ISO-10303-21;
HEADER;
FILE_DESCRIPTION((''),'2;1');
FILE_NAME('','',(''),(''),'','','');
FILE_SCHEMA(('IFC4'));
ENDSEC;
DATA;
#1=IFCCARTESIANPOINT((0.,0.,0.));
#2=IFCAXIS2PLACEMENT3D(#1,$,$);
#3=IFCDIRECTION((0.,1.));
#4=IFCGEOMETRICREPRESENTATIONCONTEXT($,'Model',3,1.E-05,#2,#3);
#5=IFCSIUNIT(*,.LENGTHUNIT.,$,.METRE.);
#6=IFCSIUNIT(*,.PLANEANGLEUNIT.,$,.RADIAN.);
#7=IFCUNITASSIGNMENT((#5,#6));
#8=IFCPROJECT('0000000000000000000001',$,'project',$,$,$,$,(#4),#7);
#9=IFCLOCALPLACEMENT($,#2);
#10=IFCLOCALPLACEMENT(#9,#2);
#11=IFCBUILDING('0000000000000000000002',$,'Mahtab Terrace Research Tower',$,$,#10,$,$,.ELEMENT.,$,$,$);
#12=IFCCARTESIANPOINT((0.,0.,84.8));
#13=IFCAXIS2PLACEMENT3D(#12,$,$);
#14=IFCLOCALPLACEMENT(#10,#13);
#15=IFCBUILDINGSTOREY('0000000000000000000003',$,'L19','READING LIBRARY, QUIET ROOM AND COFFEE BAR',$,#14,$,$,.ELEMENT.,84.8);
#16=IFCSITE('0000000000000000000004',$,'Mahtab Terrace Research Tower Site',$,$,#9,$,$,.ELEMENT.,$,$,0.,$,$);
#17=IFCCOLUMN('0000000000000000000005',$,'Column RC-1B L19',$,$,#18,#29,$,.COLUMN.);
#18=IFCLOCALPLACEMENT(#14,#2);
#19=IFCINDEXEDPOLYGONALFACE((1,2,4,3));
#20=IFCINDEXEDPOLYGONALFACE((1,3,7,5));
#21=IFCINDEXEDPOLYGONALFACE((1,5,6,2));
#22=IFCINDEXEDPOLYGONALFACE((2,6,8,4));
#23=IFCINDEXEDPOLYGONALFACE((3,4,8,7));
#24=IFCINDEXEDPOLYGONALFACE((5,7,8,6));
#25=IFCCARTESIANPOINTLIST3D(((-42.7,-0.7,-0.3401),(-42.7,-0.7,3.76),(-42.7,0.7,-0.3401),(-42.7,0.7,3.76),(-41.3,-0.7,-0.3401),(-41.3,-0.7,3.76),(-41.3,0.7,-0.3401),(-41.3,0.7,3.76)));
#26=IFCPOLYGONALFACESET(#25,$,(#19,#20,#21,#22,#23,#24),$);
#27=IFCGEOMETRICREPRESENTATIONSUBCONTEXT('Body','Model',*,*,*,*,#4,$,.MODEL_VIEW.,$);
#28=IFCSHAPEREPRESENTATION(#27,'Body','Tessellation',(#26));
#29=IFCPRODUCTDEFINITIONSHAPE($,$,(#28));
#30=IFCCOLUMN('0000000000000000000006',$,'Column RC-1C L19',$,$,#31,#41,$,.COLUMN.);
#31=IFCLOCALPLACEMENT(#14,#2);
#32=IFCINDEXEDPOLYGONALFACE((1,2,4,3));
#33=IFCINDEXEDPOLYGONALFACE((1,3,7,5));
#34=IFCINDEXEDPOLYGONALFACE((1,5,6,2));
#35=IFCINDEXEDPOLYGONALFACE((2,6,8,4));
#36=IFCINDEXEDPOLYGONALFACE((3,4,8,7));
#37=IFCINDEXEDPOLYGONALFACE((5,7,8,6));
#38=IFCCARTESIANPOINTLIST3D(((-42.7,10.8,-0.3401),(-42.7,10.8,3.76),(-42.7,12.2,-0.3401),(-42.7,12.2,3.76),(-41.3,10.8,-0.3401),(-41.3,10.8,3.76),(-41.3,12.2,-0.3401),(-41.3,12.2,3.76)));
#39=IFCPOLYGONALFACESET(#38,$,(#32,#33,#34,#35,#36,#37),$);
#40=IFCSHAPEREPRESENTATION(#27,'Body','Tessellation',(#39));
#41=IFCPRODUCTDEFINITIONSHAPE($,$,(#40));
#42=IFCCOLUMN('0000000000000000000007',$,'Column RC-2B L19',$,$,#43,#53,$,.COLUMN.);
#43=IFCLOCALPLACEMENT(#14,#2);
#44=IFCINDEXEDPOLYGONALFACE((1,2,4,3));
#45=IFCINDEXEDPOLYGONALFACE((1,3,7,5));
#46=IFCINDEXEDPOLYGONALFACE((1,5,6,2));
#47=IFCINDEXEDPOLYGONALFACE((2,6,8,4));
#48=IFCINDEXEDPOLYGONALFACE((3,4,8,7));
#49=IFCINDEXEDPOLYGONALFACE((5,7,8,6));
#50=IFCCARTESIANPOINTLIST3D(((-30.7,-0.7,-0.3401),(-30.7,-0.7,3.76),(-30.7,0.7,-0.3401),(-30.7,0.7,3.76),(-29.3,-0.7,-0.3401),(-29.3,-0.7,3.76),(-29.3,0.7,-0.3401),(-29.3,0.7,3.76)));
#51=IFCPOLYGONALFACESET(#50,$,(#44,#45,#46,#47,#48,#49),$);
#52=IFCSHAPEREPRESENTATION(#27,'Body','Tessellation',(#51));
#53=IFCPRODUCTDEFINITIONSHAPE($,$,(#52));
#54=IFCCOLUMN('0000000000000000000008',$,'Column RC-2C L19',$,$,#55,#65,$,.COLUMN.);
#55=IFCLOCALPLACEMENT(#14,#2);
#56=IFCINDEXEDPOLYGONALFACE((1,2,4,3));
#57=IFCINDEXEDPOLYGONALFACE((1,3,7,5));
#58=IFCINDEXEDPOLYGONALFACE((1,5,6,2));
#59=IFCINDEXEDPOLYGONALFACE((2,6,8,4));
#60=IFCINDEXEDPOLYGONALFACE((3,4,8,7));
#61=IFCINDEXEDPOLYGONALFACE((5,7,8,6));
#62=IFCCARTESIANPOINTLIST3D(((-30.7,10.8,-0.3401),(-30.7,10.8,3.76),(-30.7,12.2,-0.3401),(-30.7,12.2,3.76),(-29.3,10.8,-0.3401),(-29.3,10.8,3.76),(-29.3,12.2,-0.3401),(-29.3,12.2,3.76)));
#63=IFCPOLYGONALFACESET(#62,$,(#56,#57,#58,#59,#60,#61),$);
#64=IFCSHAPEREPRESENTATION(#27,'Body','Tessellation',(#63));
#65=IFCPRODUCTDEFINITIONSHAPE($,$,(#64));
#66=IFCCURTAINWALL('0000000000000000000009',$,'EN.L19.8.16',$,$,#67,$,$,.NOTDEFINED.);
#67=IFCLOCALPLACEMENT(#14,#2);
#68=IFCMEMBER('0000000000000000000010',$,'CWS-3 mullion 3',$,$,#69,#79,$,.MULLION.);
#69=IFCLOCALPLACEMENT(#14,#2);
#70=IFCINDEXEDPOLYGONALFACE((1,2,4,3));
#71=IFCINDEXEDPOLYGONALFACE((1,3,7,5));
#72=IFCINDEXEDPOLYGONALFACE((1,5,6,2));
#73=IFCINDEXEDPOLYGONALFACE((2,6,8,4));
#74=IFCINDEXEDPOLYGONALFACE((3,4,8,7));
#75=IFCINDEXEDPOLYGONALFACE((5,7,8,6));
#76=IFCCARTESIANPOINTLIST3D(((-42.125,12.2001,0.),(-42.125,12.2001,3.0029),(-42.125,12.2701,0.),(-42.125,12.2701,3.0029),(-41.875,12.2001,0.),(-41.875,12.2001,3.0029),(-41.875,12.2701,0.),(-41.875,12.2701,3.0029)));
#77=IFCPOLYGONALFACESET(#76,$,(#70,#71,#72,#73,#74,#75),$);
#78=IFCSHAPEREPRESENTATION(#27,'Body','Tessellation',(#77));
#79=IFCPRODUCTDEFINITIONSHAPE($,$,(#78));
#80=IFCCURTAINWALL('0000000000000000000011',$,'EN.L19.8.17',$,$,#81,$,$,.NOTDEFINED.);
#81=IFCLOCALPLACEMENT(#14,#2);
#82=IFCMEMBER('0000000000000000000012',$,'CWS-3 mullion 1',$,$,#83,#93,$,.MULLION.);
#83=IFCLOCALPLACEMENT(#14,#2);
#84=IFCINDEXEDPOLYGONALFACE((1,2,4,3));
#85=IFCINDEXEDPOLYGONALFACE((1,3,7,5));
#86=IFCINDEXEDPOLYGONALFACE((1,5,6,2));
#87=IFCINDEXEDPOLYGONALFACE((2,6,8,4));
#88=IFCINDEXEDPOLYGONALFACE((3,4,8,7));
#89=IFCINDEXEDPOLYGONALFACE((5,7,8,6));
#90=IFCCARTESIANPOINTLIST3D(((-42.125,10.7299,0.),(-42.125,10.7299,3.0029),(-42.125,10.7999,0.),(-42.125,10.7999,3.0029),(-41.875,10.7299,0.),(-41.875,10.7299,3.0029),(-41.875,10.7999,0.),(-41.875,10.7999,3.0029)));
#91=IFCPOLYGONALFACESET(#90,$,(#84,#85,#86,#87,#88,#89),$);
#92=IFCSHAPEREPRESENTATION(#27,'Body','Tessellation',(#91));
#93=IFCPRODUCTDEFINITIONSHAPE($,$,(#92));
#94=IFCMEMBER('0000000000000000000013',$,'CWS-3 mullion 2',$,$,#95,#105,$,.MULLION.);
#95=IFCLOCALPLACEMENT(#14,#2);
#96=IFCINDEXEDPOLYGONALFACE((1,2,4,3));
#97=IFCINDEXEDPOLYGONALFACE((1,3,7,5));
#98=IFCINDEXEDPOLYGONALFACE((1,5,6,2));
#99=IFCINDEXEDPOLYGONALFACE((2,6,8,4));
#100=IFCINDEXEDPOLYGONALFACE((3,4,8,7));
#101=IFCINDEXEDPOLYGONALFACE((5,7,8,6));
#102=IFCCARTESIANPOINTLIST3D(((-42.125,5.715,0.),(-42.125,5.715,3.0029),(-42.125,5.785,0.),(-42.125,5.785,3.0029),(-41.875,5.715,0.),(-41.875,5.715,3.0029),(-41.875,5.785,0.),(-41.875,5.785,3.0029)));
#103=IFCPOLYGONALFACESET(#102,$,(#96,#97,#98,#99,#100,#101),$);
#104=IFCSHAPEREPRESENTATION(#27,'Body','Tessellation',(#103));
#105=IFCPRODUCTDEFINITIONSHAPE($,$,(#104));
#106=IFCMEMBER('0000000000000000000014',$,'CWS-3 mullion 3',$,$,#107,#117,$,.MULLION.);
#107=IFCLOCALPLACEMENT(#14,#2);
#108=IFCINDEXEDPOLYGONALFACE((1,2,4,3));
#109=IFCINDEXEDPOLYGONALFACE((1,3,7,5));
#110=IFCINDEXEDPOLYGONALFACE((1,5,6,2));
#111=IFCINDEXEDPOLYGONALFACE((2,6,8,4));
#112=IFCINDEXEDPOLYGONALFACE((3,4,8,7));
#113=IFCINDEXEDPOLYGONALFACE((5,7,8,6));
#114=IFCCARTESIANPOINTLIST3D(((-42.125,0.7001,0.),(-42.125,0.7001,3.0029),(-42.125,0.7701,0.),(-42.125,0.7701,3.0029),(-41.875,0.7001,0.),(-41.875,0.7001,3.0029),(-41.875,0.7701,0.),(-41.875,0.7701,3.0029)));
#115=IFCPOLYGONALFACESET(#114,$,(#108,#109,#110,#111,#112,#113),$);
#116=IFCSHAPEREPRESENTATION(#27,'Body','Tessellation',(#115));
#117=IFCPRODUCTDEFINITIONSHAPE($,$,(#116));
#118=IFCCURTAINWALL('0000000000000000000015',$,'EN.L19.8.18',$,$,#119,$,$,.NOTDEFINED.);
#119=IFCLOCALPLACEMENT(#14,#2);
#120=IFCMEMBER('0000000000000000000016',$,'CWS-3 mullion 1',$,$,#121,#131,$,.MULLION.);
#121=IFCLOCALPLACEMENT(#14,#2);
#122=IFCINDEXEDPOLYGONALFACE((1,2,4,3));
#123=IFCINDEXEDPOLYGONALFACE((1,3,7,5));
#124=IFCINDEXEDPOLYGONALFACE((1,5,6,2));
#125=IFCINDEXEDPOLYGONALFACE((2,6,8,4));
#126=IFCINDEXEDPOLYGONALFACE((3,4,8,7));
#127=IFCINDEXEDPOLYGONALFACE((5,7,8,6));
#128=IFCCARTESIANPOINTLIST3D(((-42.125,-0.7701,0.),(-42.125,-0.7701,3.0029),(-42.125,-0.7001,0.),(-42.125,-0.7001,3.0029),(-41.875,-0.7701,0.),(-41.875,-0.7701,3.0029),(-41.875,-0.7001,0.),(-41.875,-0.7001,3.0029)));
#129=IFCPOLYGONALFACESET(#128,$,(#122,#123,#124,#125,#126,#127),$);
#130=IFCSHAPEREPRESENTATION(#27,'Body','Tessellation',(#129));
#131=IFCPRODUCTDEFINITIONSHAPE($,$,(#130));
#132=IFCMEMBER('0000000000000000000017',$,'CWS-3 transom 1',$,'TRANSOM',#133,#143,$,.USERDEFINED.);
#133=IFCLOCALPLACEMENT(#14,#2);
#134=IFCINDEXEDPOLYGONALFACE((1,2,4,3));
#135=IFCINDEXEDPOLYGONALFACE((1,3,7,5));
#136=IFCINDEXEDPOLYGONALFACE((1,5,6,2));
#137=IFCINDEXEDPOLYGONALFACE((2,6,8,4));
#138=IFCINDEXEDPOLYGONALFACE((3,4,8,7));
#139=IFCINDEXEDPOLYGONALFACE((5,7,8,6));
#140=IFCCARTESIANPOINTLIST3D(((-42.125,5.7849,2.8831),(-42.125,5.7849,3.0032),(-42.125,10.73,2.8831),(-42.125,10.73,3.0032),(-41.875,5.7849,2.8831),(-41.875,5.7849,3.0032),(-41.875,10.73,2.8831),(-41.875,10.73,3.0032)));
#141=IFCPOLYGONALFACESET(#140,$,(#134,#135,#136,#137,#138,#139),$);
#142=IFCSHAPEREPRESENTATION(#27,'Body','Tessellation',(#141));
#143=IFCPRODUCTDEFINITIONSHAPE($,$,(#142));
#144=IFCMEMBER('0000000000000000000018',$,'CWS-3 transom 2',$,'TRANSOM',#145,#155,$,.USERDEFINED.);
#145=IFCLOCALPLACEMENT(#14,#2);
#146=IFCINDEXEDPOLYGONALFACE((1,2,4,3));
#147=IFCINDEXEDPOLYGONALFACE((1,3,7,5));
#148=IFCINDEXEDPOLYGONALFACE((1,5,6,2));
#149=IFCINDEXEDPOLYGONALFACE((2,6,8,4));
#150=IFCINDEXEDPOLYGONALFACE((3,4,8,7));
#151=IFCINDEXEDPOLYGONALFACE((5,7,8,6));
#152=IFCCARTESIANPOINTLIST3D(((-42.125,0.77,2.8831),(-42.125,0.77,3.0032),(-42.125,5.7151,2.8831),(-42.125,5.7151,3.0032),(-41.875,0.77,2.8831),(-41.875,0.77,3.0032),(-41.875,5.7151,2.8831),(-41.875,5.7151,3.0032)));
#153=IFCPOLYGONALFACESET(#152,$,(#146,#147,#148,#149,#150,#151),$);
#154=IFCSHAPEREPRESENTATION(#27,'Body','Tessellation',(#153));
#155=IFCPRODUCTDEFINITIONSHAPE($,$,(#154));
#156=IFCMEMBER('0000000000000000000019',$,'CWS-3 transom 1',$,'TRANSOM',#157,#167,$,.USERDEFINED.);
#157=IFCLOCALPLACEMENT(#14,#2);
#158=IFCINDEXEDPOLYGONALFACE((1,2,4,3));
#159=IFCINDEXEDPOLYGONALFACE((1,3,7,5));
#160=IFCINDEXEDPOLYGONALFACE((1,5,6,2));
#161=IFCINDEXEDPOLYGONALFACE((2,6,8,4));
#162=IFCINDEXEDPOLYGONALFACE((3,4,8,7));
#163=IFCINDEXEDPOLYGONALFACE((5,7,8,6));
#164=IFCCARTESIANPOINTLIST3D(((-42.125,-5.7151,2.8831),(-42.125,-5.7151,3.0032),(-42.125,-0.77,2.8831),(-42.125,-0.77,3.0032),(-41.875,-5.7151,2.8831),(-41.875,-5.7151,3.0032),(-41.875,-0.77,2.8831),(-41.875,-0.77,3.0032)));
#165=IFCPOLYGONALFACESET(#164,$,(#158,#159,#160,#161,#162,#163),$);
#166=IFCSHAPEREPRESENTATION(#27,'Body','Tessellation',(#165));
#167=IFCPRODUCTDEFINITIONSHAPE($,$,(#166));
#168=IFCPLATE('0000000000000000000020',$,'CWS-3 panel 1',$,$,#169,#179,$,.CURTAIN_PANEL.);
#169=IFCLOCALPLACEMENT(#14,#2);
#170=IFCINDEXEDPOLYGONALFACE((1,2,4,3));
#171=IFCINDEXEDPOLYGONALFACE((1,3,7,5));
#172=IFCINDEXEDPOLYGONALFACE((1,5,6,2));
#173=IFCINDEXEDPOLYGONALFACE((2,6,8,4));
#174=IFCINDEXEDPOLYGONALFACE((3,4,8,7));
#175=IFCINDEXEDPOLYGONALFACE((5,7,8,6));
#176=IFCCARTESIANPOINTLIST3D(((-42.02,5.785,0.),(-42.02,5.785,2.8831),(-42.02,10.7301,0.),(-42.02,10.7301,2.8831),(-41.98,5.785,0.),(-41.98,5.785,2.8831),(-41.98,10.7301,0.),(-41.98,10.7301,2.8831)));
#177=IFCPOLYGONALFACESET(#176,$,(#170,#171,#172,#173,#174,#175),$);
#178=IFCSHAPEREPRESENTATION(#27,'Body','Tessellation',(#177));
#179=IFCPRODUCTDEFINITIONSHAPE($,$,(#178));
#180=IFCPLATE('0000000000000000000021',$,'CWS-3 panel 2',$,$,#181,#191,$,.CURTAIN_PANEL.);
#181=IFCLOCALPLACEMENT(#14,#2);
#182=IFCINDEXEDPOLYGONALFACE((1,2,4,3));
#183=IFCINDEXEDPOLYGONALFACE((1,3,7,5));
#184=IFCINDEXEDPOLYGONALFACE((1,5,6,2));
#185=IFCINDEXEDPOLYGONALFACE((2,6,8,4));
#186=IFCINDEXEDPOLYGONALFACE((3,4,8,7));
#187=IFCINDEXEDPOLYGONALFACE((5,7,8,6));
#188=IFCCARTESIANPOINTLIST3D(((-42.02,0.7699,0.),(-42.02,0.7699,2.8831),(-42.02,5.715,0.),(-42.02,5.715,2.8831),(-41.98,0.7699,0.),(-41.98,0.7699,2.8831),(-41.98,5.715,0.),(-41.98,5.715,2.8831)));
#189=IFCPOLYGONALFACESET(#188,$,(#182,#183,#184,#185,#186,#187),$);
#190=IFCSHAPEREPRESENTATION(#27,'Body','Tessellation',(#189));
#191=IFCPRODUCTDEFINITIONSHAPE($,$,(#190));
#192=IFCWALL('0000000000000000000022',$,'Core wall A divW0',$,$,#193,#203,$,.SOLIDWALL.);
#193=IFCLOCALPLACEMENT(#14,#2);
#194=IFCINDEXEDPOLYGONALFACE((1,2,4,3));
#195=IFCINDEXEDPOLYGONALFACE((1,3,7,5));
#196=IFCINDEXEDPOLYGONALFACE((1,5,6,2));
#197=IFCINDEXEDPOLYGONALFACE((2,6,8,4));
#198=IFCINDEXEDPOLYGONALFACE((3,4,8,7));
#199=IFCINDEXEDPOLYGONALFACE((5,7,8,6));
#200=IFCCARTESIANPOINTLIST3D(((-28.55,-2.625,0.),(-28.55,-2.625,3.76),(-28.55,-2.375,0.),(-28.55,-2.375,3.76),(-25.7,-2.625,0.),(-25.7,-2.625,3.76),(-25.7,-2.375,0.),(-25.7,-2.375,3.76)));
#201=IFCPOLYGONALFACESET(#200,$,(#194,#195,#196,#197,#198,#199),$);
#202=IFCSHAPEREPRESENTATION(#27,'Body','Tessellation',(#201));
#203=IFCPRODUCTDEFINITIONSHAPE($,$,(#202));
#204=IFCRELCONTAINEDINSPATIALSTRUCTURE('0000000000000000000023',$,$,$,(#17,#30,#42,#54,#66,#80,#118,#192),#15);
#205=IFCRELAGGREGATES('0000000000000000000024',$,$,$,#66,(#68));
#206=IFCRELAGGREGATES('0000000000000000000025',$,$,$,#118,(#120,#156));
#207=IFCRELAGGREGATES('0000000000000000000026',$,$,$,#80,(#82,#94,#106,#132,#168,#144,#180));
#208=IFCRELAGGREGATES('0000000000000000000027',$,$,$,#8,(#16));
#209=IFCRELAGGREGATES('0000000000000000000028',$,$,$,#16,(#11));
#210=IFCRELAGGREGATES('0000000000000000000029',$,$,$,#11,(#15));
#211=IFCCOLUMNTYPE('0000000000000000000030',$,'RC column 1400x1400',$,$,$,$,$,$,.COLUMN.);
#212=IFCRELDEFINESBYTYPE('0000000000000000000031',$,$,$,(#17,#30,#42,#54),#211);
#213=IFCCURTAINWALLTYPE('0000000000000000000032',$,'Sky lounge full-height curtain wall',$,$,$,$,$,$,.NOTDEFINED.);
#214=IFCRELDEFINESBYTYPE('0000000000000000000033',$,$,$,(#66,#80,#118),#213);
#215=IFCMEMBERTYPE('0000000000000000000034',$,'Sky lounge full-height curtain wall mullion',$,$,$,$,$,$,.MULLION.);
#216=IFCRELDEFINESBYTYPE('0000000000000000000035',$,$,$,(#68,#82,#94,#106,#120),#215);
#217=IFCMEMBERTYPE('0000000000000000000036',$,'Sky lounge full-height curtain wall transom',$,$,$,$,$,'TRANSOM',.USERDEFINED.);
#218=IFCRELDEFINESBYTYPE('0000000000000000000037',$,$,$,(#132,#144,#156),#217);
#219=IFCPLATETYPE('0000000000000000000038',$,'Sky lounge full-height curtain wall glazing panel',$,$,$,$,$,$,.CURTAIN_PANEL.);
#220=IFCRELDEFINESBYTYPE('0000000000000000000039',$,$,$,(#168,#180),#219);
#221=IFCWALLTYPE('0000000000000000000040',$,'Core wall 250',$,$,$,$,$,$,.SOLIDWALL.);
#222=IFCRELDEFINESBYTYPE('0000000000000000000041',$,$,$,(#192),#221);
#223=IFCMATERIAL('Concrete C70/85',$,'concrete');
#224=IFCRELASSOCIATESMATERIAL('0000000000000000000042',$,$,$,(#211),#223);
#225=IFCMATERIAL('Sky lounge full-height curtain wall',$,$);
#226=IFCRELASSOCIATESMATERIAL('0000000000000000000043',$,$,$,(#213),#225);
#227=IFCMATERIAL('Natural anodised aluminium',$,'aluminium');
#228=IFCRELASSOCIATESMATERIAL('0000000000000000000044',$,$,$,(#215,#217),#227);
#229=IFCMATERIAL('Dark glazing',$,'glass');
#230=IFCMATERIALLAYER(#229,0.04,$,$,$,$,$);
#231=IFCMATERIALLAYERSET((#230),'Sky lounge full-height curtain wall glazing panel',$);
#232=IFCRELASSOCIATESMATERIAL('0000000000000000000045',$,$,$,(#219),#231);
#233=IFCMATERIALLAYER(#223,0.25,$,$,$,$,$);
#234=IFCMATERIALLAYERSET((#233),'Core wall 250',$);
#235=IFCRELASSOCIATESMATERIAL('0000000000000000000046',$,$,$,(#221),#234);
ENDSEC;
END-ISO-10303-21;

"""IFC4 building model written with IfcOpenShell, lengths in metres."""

from ifc_helpers import new_model, si_unit, direction, frame, frame_2d, origin, origin_2d, place, context, subcontext, project, spatial, rectangle, extrude, material, layer, layer_set, material_profile, profile_set, type_object, element, aggregate, save


model = new_model("IFC4")

# Units and contexts
model_context = context("Model", 3, precision=1e-05, world=origin(), true_north=direction((0.0, 1.0)))
body_context = subcontext(model_context, "Body", "Model", "MODEL_VIEW")
ifc_project = project(units=[si_unit("LENGTHUNIT", "METRE"), si_unit("PLANEANGLEUNIT", "RADIAN")], contexts=[model_context])

# Site, building, storey
site_placement = place(None, origin())
site = spatial("IfcSite", under=ifc_project, at=site_placement, Name="Mahtab Terrace Research Tower Site", CompositionType="ELEMENT", RefElevation=0.0)
building_placement = place(site_placement, origin())
building = spatial("IfcBuilding", under=site, at=building_placement, Name="Mahtab Terrace Research Tower", CompositionType="ELEMENT")
storey_placement = place(building_placement, frame((0.0, 0.0, 84.8)))
storey = spatial("IfcBuildingStorey", under=building, at=storey_placement, Name="L19", Description="READING LIBRARY, QUIET ROOM AND COFFEE BAR", CompositionType="ELEMENT", Elevation=84.8)

# Columns
ifc_material_1 = material(Name="Concrete C70/85", Category="concrete")
ifc_material_profile_1 = material_profile(ifc_material_1, rectangle(XDim=1.3999, YDim=1.3999, at=origin_2d()), Name="RC column 1400x1400")
ifc_profile_set_1 = profile_set([ifc_material_profile_1], Name="Concrete C70/85")
column_type = type_object("IfcColumnType", Name="RC column 1400x1400", PredefinedType="COLUMN", material=ifc_profile_set_1)
for number, where, z_axis, x_axis, name in (
    (1, (-42.0, 0.0, -0.3401), (0.0, 0.0, 1.0), (1.0, 0.0, 0.0), "Column RC-1B L19"),
    (2, (-42.0, 11.5, -0.3401), (0.0, 0.0, 1.0), (1.0, 0.0, 0.0), "Column RC-1C L19"),
    (3, (-30.0, 0.0, -0.3401), (0.0, 0.0, 1.0), (1.0, 0.0, 0.0), "Column RC-2B L19"),
    (4, (-30.0, 11.5, -0.3401), (0.0, 0.0, 1.0), (1.0, 0.0, 0.0), "Column RC-2C L19"),
):
    element("IfcColumn", number, at=place(storey_placement, frame(where, z_axis=z_axis, x_axis=x_axis)), inside=storey, type_object=column_type, Name=name, PredefinedType="COLUMN", context=body_context, shape_type="SweptSolid", body=[
        extrude(rectangle(XDim=1.3999, YDim=1.3999, at=origin_2d()), origin(), (0.0, 0.0, 1.0), 4.1001),
    ])

# Curtain wall, member
ifc_material_2 = material(Name="Sky lounge full-height curtain wall")
curtain_wall_type = type_object("IfcCurtainWallType", Name="Sky lounge full-height curtain wall", PredefinedType="NOTDEFINED", material=ifc_material_2)
curtain_wall_1_placement = place(storey_placement, origin())
curtain_wall_1 = element("IfcCurtainWall", 5, at=curtain_wall_1_placement, inside=storey, type_object=curtain_wall_type, Name="EN.L19.8.16", PredefinedType="NOTDEFINED")
ifc_material_3 = material(Name="Natural anodised aluminium", Category="aluminium")
ifc_material_profile_2 = material_profile(ifc_material_3, rectangle(XDim=0.25, YDim=0.0701, at=origin_2d()), Name="MULLION 70x250")
ifc_profile_set_2 = profile_set([ifc_material_profile_2], Name="Natural anodised aluminium")
member_type_1 = type_object("IfcMemberType", Name="Sky lounge full-height curtain wall mullion", PredefinedType="MULLION", material=ifc_profile_set_2)
member_1_placement = place(storey_placement, frame((-42.0, 12.2351, 0.0), z_axis=(0.0, 0.0, 1.0), x_axis=(1.0, 0.0, 0.0)))
member_1 = element("IfcMember", 6, at=member_1_placement, type_object=member_type_1, Name="CWS-3 mullion 3", PredefinedType="MULLION", context=body_context, shape_type="SweptSolid", body=[
    extrude(rectangle(XDim=0.25, YDim=0.0701, at=origin_2d()), origin(), (0.0, 0.0, 1.0), 3.0029),
])
aggregate(curtain_wall_1, [member_1])

# Curtain wall, members
curtain_wall_2_placement = place(storey_placement, origin())
curtain_wall_2 = element("IfcCurtainWall", 7, at=curtain_wall_2_placement, inside=storey, type_object=curtain_wall_type, Name="EN.L19.8.17", PredefinedType="NOTDEFINED")
member_2_placement = place(storey_placement, frame((-42.0, 10.7649, 0.0), z_axis=(0.0, 0.0, 1.0), x_axis=(1.0, 0.0, 0.0)))
member_2 = element("IfcMember", 8, at=member_2_placement, type_object=member_type_1, Name="CWS-3 mullion 1", PredefinedType="MULLION", context=body_context, shape_type="SweptSolid", body=[
    extrude(rectangle(XDim=0.25, YDim=0.0701, at=origin_2d()), origin(), (0.0, 0.0, 1.0), 3.0029),
])
member_3_placement = place(storey_placement, frame((-42.0, 5.75, 0.0), z_axis=(0.0, 0.0, 1.0), x_axis=(1.0, 0.0, 0.0)))
member_3 = element("IfcMember", 9, at=member_3_placement, type_object=member_type_1, Name="CWS-3 mullion 2", PredefinedType="MULLION", context=body_context, shape_type="SweptSolid", body=[
    extrude(rectangle(XDim=0.25, YDim=0.0701, at=origin_2d()), origin(), (0.0, 0.0, 1.0), 3.0029),
])
member_4_placement = place(storey_placement, frame((-42.0, 0.7351, 0.0), z_axis=(0.0, 0.0, 1.0), x_axis=(1.0, 0.0, 0.0)))
member_4 = element("IfcMember", 10, at=member_4_placement, type_object=member_type_1, Name="CWS-3 mullion 3", PredefinedType="MULLION", context=body_context, shape_type="SweptSolid", body=[
    extrude(rectangle(XDim=0.25, YDim=0.0701, at=origin_2d()), origin(), (0.0, 0.0, 1.0), 3.0029),
])

# Curtain wall, member
curtain_wall_3_placement = place(storey_placement, origin())
curtain_wall_3 = element("IfcCurtainWall", 11, at=curtain_wall_3_placement, inside=storey, type_object=curtain_wall_type, Name="EN.L19.8.18", PredefinedType="NOTDEFINED")
member_5_placement = place(storey_placement, frame((-42.0, -0.7351, 0.0), z_axis=(0.0, 0.0, 1.0), x_axis=(1.0, 0.0, 0.0)))
member_5 = element("IfcMember", 12, at=member_5_placement, type_object=member_type_1, Name="CWS-3 mullion 1", PredefinedType="MULLION", context=body_context, shape_type="SweptSolid", body=[
    extrude(rectangle(XDim=0.25, YDim=0.0701, at=origin_2d()), origin(), (0.0, 0.0, 1.0), 3.0029),
])

# Members
ifc_material_profile_3 = material_profile(ifc_material_3, rectangle(XDim=0.25, YDim=0.1201, at=origin_2d()), Name="TRANSOM 120x250")
ifc_profile_set_3 = profile_set([ifc_material_profile_3], Name="Natural anodised aluminium")
member_type_2 = type_object("IfcMemberType", Name="Sky lounge full-height curtain wall transom", ElementType="TRANSOM", PredefinedType="USERDEFINED", material=ifc_profile_set_3)
member_6_placement = place(storey_placement, frame((-42.0, 10.73, 2.9431), z_axis=(0.0, -1.0, 0.0), x_axis=(1.0, 0.0, 0.0)))
member_6 = element("IfcMember", 13, at=member_6_placement, type_object=member_type_2, Name="CWS-3 transom 1", ObjectType="TRANSOM", PredefinedType="USERDEFINED", context=body_context, shape_type="SweptSolid", body=[
    extrude(rectangle(XDim=0.25, YDim=0.1201, at=origin_2d()), origin(), (0.0, 0.0, 1.0), 4.9451),
])
member_7_placement = place(storey_placement, frame((-42.0, 5.7151, 2.9431), z_axis=(0.0, -1.0, 0.0), x_axis=(1.0, 0.0, 0.0)))
member_7 = element("IfcMember", 14, at=member_7_placement, type_object=member_type_2, Name="CWS-3 transom 2", ObjectType="TRANSOM", PredefinedType="USERDEFINED", context=body_context, shape_type="SweptSolid", body=[
    extrude(rectangle(XDim=0.25, YDim=0.1201, at=origin_2d()), origin(), (0.0, 0.0, 1.0), 4.9451),
])
member_8_placement = place(storey_placement, frame((-42.0, -0.77, 2.9431), z_axis=(0.0, -1.0, 0.0), x_axis=(1.0, 0.0, 0.0)))
member_8 = element("IfcMember", 15, at=member_8_placement, type_object=member_type_2, Name="CWS-3 transom 1", ObjectType="TRANSOM", PredefinedType="USERDEFINED", context=body_context, shape_type="SweptSolid", body=[
    extrude(rectangle(XDim=0.25, YDim=0.1201, at=origin_2d()), origin(), (0.0, 0.0, 1.0), 4.9451),
])
aggregate(curtain_wall_3, [member_5, member_8])

# Plates
ifc_material_4 = material(Name="Dark glazing", Category="glass")
ifc_layer_1 = layer(ifc_material_4, 0.04)
ifc_layer_set_1 = layer_set([ifc_layer_1], Name="Sky lounge full-height curtain wall glazing panel")
plate_type = type_object("IfcPlateType", Name="Sky lounge full-height curtain wall glazing panel", PredefinedType="CURTAIN_PANEL", material=ifc_layer_set_1)
plate_1_placement = place(storey_placement, frame((-42.0, 8.2576, 0.0), z_axis=(0.0, 0.0, 1.0), x_axis=(0.0, -1.0, 0.0)))
plate_1 = element("IfcPlate", 16, at=plate_1_placement, type_object=plate_type, Name="CWS-3 panel 1", PredefinedType="CURTAIN_PANEL", context=body_context, shape_type="SweptSolid", body=[
    extrude(rectangle(XDim=4.9451, YDim=0.04, at=origin_2d()), origin(), (0.0, 0.0, 1.0), 2.8831),
])
plate_2_placement = place(storey_placement, frame((-42.0, 3.2424, 0.0), z_axis=(0.0, 0.0, 1.0), x_axis=(0.0, -1.0, 0.0)))
plate_2 = element("IfcPlate", 17, at=plate_2_placement, type_object=plate_type, Name="CWS-3 panel 2", PredefinedType="CURTAIN_PANEL", context=body_context, shape_type="SweptSolid", body=[
    extrude(rectangle(XDim=4.9451, YDim=0.04, at=origin_2d()), origin(), (0.0, 0.0, 1.0), 2.8831),
])
aggregate(curtain_wall_2, [member_2, member_3, member_4, member_6, plate_1, member_7, plate_2])

# Wall
ifc_layer_2 = layer(ifc_material_1, 0.25)
ifc_layer_set_2 = layer_set([ifc_layer_2], Name="Core wall 250")
wall_type_1 = type_object("IfcWallType", Name="Core wall 250", PredefinedType="SOLIDWALL", material=ifc_layer_set_2)
for number, where, z_axis, x_axis, name in (
    (18, (-28.55, -2.5, 0.0), (0.0, 0.0, 1.0), (1.0, 0.0, 0.0), "Core wall A divW0"),
):
    element("IfcWall", number, at=place(storey_placement, frame(where, z_axis=z_axis, x_axis=x_axis)), inside=storey, type_object=wall_type_1, Name=name, PredefinedType="SOLIDWALL", context=body_context, shape_type="SweptSolid", body=[
        extrude(rectangle(XDim=2.8501, YDim=0.25, at=frame_2d((1.425, 0.0))), origin(), (0.0, 0.0, 1.0), 3.76),
    ])

save(model, "model.ifc")
